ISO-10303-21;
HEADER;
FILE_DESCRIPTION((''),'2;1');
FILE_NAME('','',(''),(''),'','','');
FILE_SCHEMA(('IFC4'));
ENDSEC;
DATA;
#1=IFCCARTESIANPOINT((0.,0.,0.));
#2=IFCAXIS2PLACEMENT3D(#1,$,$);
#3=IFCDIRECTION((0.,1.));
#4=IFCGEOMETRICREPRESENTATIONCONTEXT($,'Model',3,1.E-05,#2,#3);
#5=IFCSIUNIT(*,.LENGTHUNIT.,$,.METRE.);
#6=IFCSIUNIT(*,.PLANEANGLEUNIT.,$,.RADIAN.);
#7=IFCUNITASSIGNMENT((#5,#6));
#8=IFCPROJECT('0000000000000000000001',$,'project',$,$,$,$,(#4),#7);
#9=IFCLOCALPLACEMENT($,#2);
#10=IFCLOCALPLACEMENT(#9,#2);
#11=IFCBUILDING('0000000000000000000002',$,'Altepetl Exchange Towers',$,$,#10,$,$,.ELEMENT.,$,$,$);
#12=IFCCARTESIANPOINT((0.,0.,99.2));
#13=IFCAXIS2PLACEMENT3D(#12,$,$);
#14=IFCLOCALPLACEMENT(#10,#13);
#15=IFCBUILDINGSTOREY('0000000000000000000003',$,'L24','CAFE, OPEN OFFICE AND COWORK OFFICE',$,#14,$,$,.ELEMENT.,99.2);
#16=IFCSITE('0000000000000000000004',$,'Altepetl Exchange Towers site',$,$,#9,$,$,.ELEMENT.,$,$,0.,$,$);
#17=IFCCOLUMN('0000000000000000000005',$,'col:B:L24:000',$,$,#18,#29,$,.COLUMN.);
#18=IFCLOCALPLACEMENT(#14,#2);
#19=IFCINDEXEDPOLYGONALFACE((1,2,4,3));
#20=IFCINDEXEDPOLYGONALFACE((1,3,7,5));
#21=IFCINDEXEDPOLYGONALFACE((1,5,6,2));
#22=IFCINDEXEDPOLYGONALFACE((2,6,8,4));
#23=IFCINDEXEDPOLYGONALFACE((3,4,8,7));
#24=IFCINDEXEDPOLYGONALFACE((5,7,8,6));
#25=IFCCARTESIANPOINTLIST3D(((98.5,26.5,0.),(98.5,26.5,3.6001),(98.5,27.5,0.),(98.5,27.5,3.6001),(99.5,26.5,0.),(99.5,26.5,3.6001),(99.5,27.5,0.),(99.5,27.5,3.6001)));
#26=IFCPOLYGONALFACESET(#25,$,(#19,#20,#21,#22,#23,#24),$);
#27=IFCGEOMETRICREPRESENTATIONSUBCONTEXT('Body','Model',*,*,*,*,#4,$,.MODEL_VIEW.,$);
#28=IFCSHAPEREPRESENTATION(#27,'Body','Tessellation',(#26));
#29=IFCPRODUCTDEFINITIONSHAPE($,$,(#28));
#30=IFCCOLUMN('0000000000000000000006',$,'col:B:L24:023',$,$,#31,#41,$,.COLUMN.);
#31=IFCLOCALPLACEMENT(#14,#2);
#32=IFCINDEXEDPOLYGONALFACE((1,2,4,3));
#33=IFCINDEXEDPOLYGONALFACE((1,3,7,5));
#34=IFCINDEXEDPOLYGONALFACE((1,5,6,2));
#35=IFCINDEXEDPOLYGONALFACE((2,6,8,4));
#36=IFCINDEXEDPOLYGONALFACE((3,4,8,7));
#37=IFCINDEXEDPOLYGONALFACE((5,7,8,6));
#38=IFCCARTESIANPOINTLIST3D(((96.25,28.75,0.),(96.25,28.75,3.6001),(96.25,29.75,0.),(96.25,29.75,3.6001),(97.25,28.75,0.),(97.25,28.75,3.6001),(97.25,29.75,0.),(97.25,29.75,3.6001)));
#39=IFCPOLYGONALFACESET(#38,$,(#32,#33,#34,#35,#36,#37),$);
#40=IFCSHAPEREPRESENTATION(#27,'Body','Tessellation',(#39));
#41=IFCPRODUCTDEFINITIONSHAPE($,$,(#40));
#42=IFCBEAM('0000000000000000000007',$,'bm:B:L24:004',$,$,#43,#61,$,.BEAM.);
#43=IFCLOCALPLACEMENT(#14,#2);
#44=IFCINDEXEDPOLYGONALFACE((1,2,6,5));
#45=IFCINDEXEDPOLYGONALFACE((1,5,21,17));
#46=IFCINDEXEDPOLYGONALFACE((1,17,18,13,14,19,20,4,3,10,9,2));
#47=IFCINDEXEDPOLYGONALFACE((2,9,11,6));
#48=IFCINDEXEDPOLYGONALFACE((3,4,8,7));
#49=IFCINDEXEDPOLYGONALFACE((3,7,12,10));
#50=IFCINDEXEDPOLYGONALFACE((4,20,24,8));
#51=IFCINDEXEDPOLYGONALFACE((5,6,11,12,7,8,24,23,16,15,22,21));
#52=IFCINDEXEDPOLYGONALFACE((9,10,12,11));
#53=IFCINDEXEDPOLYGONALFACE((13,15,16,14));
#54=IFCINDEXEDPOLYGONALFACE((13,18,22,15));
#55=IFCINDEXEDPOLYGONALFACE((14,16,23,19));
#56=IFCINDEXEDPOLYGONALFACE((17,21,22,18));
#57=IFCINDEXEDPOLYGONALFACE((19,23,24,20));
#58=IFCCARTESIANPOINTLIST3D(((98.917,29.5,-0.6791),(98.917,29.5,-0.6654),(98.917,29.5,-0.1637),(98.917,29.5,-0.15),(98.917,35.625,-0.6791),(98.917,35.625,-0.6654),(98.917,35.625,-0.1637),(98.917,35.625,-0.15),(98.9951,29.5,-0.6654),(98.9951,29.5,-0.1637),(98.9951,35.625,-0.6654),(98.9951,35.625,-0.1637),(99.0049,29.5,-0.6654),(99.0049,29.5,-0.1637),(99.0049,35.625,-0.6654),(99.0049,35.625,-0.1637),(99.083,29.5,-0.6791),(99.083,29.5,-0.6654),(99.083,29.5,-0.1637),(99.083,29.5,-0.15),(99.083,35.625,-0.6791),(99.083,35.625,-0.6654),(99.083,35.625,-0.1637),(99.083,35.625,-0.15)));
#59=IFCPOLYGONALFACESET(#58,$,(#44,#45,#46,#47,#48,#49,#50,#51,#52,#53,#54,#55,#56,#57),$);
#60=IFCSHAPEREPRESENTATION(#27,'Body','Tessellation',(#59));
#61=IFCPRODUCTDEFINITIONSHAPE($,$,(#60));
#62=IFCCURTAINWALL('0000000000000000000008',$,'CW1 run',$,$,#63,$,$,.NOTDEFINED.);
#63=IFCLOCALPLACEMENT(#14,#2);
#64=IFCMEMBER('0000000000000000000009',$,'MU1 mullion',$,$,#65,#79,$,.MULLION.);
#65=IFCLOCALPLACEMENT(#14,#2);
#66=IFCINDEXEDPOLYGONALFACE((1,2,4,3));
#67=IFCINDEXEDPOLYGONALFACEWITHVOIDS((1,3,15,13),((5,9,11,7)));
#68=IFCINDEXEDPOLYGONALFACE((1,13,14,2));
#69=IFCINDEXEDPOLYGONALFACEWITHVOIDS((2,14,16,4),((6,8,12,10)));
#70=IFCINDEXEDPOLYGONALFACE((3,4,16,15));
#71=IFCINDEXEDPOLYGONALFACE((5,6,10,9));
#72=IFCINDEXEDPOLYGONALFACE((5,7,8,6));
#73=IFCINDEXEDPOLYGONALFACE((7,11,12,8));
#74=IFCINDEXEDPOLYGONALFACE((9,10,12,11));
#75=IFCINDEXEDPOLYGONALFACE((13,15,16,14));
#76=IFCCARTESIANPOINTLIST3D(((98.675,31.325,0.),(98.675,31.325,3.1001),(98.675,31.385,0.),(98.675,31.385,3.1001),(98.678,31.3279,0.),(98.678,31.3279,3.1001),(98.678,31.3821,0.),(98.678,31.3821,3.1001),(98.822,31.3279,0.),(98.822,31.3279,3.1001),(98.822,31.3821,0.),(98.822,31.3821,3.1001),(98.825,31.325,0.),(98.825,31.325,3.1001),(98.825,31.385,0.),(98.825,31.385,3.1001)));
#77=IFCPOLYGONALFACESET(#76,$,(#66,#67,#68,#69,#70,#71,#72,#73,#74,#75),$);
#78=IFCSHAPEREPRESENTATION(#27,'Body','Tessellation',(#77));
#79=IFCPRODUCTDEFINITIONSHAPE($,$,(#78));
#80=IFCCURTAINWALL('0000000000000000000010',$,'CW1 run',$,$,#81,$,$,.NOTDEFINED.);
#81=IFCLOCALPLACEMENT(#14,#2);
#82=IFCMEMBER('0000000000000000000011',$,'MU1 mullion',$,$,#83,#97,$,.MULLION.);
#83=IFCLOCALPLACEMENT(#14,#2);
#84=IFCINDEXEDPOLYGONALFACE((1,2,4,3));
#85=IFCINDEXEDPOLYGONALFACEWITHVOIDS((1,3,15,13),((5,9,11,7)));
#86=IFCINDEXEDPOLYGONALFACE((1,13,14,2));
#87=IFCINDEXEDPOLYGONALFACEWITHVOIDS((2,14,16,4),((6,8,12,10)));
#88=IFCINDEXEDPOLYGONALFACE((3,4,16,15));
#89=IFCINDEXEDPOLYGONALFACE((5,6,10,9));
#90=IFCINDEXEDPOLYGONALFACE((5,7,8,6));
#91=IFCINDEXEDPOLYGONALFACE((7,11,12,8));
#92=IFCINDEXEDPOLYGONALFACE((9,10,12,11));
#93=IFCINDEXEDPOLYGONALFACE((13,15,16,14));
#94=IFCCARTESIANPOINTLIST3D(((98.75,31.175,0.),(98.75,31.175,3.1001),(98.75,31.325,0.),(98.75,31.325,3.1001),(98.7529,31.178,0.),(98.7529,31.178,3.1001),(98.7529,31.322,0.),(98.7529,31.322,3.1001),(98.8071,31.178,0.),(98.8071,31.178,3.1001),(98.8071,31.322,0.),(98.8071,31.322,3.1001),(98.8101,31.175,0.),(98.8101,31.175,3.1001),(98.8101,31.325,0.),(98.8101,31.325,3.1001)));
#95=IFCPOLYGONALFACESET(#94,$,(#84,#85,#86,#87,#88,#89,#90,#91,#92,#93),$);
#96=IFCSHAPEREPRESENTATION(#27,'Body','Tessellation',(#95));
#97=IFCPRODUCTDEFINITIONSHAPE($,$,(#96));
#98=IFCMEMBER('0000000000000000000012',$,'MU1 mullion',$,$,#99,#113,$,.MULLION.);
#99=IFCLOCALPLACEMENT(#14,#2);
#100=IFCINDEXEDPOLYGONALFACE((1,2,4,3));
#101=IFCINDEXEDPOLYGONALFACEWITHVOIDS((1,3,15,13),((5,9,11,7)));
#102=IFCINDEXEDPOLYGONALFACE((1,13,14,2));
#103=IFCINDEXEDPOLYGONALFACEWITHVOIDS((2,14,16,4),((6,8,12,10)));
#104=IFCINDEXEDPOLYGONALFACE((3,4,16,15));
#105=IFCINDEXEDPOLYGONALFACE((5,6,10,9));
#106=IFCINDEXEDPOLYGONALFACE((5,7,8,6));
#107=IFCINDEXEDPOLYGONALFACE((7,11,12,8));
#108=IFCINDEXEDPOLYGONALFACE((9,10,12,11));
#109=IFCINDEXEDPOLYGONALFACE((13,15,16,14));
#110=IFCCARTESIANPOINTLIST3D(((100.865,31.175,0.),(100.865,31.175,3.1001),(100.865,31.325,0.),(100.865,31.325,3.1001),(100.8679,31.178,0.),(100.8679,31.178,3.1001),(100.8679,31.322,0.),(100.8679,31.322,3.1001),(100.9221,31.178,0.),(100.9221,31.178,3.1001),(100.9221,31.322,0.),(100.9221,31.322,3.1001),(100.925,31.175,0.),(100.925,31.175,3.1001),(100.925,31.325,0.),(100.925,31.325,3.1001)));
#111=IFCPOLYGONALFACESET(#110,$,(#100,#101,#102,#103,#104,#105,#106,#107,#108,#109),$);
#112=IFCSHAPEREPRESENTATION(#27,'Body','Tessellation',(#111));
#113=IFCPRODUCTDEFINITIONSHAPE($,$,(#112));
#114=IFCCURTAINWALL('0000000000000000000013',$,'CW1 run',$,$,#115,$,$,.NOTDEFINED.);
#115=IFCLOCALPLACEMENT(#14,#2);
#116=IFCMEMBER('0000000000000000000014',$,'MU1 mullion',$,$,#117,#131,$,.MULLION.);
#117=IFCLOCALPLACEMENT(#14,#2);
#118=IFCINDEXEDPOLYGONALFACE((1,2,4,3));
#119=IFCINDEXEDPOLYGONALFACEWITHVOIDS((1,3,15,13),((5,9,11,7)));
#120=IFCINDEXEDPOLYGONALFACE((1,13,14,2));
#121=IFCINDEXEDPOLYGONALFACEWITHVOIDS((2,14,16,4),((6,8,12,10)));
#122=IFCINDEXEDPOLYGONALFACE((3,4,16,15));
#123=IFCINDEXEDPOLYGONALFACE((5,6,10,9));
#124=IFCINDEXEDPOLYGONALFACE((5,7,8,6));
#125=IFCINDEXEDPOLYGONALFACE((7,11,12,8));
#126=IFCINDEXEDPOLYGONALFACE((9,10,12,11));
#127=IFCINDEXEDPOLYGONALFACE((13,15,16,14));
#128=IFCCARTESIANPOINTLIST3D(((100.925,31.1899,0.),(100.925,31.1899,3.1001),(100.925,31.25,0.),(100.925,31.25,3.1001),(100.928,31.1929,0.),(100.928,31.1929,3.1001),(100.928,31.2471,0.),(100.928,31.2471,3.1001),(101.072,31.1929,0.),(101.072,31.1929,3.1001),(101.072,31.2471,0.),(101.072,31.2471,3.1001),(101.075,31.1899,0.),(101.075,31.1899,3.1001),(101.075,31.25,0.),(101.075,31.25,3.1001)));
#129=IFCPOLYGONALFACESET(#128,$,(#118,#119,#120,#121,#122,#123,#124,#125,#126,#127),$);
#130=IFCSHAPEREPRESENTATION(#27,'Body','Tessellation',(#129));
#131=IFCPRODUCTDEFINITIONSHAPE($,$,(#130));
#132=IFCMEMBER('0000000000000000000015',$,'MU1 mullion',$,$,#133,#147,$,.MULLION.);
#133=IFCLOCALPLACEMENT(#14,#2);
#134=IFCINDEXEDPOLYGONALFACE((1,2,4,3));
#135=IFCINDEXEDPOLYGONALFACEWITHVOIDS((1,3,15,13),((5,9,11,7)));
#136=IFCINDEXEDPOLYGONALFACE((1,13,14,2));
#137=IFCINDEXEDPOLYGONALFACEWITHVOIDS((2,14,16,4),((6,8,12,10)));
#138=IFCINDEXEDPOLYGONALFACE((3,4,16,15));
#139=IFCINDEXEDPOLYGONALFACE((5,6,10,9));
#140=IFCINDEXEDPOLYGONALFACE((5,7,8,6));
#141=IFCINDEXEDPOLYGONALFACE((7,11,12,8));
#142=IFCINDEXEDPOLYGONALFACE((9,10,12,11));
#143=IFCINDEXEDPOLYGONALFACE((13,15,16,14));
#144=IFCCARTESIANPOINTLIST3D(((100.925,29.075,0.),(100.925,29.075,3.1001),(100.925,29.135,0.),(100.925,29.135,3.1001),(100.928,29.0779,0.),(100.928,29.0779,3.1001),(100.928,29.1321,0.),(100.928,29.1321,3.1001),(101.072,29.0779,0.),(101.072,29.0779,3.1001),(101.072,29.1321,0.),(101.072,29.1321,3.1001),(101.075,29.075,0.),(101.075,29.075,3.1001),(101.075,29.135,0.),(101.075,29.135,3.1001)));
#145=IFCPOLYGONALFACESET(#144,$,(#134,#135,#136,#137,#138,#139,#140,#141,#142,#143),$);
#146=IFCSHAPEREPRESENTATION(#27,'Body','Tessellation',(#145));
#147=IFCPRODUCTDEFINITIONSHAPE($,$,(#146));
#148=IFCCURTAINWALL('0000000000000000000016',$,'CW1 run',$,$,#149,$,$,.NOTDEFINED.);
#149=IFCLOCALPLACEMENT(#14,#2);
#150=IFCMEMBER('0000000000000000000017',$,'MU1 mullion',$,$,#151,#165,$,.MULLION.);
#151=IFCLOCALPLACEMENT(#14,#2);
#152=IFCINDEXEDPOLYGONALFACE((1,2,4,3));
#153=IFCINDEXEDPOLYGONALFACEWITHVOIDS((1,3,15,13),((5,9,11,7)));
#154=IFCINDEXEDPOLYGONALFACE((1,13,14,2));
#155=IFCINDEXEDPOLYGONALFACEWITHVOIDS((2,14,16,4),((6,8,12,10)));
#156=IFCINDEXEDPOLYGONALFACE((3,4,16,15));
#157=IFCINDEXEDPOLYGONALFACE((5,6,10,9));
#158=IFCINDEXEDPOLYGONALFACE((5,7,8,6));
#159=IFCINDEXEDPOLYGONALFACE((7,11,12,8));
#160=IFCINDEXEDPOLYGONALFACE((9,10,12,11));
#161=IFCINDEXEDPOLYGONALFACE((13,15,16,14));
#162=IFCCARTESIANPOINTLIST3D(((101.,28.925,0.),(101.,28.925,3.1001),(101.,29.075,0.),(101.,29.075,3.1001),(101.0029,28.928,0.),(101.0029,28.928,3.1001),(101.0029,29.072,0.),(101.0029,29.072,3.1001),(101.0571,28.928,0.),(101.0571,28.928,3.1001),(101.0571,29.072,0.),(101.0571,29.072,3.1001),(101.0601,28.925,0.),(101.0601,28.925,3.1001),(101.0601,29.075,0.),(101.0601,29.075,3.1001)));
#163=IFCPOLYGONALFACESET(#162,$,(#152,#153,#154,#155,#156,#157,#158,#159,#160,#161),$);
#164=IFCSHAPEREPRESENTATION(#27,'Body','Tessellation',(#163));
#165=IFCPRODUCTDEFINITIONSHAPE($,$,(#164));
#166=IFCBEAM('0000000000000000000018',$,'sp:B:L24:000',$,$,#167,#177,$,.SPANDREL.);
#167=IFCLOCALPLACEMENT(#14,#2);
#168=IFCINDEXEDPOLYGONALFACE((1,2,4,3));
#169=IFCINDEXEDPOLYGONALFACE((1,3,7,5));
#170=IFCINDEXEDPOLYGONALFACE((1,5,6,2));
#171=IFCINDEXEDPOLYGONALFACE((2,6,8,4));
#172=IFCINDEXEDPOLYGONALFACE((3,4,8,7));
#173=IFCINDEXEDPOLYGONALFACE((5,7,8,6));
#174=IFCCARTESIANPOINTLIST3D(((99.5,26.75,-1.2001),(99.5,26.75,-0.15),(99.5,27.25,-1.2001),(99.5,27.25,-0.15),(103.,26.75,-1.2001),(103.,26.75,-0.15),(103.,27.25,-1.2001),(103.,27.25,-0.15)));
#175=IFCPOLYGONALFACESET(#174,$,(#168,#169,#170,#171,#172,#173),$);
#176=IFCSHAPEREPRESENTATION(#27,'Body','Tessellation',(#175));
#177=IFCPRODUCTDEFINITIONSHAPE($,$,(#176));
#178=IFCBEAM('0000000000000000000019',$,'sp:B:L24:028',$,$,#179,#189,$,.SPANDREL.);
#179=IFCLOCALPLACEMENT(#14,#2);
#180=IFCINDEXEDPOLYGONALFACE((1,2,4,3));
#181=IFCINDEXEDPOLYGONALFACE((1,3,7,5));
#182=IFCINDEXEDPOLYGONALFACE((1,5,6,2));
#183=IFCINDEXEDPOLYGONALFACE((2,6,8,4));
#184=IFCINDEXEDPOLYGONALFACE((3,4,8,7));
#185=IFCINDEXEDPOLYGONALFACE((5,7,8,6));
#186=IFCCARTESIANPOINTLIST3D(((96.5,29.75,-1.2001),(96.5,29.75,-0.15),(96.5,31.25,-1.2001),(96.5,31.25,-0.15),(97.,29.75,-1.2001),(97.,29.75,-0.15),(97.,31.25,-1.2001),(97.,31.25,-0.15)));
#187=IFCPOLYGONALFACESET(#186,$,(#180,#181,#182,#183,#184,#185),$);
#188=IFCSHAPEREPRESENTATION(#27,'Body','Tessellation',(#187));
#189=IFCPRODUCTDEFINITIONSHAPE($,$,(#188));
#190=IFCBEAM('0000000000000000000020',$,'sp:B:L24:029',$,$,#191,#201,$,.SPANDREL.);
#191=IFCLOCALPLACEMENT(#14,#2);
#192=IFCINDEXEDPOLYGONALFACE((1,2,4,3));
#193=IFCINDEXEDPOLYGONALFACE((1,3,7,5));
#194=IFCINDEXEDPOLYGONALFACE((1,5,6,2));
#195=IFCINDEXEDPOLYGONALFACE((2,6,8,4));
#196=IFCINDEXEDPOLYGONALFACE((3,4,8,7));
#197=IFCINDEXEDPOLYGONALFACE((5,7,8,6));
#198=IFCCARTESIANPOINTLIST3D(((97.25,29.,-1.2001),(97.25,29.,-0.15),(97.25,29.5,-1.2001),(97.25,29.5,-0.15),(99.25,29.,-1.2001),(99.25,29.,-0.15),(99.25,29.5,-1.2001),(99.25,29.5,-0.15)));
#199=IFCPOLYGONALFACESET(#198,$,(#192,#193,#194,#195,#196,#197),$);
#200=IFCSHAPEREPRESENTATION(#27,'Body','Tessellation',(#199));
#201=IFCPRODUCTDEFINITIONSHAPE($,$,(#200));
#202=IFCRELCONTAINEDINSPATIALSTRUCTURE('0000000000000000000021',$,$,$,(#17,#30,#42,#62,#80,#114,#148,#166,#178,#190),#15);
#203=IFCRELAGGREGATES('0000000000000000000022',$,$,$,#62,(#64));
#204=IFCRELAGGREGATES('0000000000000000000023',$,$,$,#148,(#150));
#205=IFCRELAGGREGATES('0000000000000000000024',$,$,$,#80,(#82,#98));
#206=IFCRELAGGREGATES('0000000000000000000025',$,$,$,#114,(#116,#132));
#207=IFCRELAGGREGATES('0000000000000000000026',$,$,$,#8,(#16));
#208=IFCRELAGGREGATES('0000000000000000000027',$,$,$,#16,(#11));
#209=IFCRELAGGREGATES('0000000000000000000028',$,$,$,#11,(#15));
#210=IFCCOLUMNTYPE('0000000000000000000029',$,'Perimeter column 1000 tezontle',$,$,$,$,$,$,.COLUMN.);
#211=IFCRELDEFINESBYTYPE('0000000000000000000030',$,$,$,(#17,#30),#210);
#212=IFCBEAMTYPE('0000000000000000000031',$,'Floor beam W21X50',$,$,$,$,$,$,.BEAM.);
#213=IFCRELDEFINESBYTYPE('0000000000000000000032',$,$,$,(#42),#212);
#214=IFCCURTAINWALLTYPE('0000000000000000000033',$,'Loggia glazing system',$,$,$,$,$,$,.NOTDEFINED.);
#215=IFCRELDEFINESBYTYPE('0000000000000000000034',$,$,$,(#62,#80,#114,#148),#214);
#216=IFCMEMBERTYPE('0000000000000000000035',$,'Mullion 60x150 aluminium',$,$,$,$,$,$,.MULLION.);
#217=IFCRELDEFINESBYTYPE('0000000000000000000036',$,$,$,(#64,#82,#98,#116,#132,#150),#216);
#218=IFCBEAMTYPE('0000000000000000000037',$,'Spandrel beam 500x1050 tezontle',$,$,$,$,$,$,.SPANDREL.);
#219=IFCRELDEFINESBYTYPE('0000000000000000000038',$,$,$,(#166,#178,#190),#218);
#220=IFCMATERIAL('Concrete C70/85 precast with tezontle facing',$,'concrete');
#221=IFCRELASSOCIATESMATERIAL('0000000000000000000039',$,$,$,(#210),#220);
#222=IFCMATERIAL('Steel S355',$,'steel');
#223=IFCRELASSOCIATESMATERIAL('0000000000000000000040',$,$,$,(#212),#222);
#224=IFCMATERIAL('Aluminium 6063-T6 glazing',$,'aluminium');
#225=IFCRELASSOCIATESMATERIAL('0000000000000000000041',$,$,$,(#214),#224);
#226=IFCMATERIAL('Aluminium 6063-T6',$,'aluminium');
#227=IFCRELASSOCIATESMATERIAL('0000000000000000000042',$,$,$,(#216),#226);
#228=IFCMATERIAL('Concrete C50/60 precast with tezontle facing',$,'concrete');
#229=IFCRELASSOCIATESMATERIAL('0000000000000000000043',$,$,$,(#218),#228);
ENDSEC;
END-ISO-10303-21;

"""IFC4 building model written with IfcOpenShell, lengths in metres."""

from ifc_helpers import new_model, si_unit, direction, frame, origin, origin_2d, place, context, subcontext, project, spatial, rectangle, hollow_rectangle, i_section, extrude, material, material_profile, profile_set, type_object, element, aggregate, save


model = new_model("IFC4")

# Units and contexts
model_context = context("Model", 3, precision=1e-05, world=origin(), true_north=direction((0.0, 1.0)))
body_context = subcontext(model_context, "Body", "Model", "MODEL_VIEW")
ifc_project = project(units=[si_unit("LENGTHUNIT", "METRE"), si_unit("PLANEANGLEUNIT", "RADIAN")], contexts=[model_context])

# Site, building, storey
site_placement = place(None, origin())
site = spatial("IfcSite", under=ifc_project, at=site_placement, Name="Altepetl Exchange Towers site", CompositionType="ELEMENT", RefElevation=0.0)
building_placement = place(site_placement, origin())
building = spatial("IfcBuilding", under=site, at=building_placement, Name="Altepetl Exchange Towers", CompositionType="ELEMENT")
storey_placement = place(building_placement, frame((0.0, 0.0, 99.2)))
storey = spatial("IfcBuildingStorey", under=building, at=storey_placement, Name="L24", Description="CAFE, OPEN OFFICE AND COWORK OFFICE", CompositionType="ELEMENT", Elevation=99.2)

# Columns
ifc_material_1 = material(Name="Concrete C70/85 precast with tezontle facing", Category="concrete")
ifc_material_profile_1 = material_profile(ifc_material_1, rectangle(XDim=1.0, YDim=1.0, at=origin_2d()), Name="1000 x 1000")
ifc_profile_set_1 = profile_set([ifc_material_profile_1], Name="Concrete C70/85 precast with tezontle facing")
column_type = type_object("IfcColumnType", Name="Perimeter column 1000 tezontle", PredefinedType="COLUMN", material=ifc_profile_set_1)
for number, where, name in (
    (1, (99.0, 27.0, 0.0), "col:B:L24:000"),
    (2, (96.75, 29.25, 0.0), "col:B:L24:023"),
):
    element("IfcColumn", number, at=place(storey_placement, frame(where)), inside=storey, type_object=column_type, Name=name, PredefinedType="COLUMN", context=body_context, shape_type="SweptSolid", body=[
        extrude(rectangle(XDim=1.0, YDim=1.0, at=origin_2d()), origin(), (0.0, 0.0, 1.0), 3.6001),
    ])

# Beam
ifc_material_2 = material(Name="Steel S355", Category="steel")
ifc_material_profile_2 = material_profile(ifc_material_2, i_section(OverallWidth=0.166, OverallDepth=0.5291, WebThickness=0.0098, FlangeThickness=0.0137, at=origin_2d()), Name="W21X50")
ifc_profile_set_2 = profile_set([ifc_material_profile_2], Name="Steel S355")
beam_type_1 = type_object("IfcBeamType", Name="Floor beam W21X50", PredefinedType="BEAM", material=ifc_profile_set_2)
beam_1_placement = place(storey_placement, frame((99.0, 29.5, -0.4146), z_axis=(0.0, 1.0, 0.0), x_axis=(-1.0, 0.0, 0.0)))
element("IfcBeam", 3, at=beam_1_placement, inside=storey, type_object=beam_type_1, Name="bm:B:L24:004", PredefinedType="BEAM", context=body_context, shape_type="SweptSolid", body=[
    extrude(i_section(OverallWidth=0.166, OverallDepth=0.5291, WebThickness=0.0098, FlangeThickness=0.0137, at=origin_2d()), origin(), (0.0, 0.0, 1.0), 6.125),
])

# Curtain wall, member
ifc_material_3 = material(Name="Aluminium 6063-T6 glazing", Category="aluminium")
curtain_wall_type = type_object("IfcCurtainWallType", Name="Loggia glazing system", PredefinedType="NOTDEFINED", material=ifc_material_3)
curtain_wall_1_placement = place(storey_placement, origin())
curtain_wall_1 = element("IfcCurtainWall", 4, at=curtain_wall_1_placement, inside=storey, type_object=curtain_wall_type, Name="CW1 run", PredefinedType="NOTDEFINED")
ifc_material_4 = material(Name="Aluminium 6063-T6", Category="aluminium")
ifc_material_profile_3 = material_profile(ifc_material_4, hollow_rectangle(XDim=0.0601, YDim=0.1499, WallThickness=0.0029, at=origin_2d()), Name="Mullion 60x150 aluminium")
ifc_profile_set_3 = profile_set([ifc_material_profile_3], Name="Aluminium 6063-T6")
member_type = type_object("IfcMemberType", Name="Mullion 60x150 aluminium", PredefinedType="MULLION", material=ifc_profile_set_3)
member_1_placement = place(storey_placement, frame((98.75, 31.355, 0.0), z_axis=(0.0, 0.0, 1.0), x_axis=(0.0, -1.0, 0.0)))
member_1 = element("IfcMember", 5, at=member_1_placement, type_object=member_type, Name="MU1 mullion", PredefinedType="MULLION", context=body_context, shape_type="SweptSolid", body=[
    extrude(hollow_rectangle(XDim=0.0601, YDim=0.1499, WallThickness=0.0029, at=origin_2d()), origin(), (0.0, 0.0, 1.0), 3.1001),
])
aggregate(curtain_wall_1, [member_1])

# Curtain walls, members
curtain_wall_2_placement = place(storey_placement, origin())
curtain_wall_2 = element("IfcCurtainWall", 6, at=curtain_wall_2_placement, inside=storey, type_object=curtain_wall_type, Name="CW1 run", PredefinedType="NOTDEFINED")
member_2_placement = place(storey_placement, frame((98.78, 31.25, 0.0)))
member_2 = element("IfcMember", 7, at=member_2_placement, type_object=member_type, Name="MU1 mullion", PredefinedType="MULLION", context=body_context, shape_type="SweptSolid", body=[
    extrude(hollow_rectangle(XDim=0.0601, YDim=0.1499, WallThickness=0.0029, at=origin_2d()), origin(), (0.0, 0.0, 1.0), 3.1001),
])
member_3_placement = place(storey_placement, frame((100.895, 31.25, 0.0)))
member_3 = element("IfcMember", 8, at=member_3_placement, type_object=member_type, Name="MU1 mullion", PredefinedType="MULLION", context=body_context, shape_type="SweptSolid", body=[
    extrude(hollow_rectangle(XDim=0.0601, YDim=0.1499, WallThickness=0.0029, at=origin_2d()), origin(), (0.0, 0.0, 1.0), 3.1001),
])
curtain_wall_3_placement = place(storey_placement, origin())
curtain_wall_3 = element("IfcCurtainWall", 9, at=curtain_wall_3_placement, inside=storey, type_object=curtain_wall_type, Name="CW1 run", PredefinedType="NOTDEFINED")
member_4_placement = place(storey_placement, frame((101.0, 31.22, 0.0), z_axis=(0.0, 0.0, 1.0), x_axis=(0.0, -1.0, 0.0)))
member_4 = element("IfcMember", 10, at=member_4_placement, type_object=member_type, Name="MU1 mullion", PredefinedType="MULLION", context=body_context, shape_type="SweptSolid", body=[
    extrude(hollow_rectangle(XDim=0.0601, YDim=0.1499, WallThickness=0.0029, at=origin_2d()), origin(), (0.0, 0.0, 1.0), 3.1001),
])
member_5_placement = place(storey_placement, frame((101.0, 29.105, 0.0), z_axis=(0.0, 0.0, 1.0), x_axis=(0.0, -1.0, 0.0)))
member_5 = element("IfcMember", 11, at=member_5_placement, type_object=member_type, Name="MU1 mullion", PredefinedType="MULLION", context=body_context, shape_type="SweptSolid", body=[
    extrude(hollow_rectangle(XDim=0.0601, YDim=0.1499, WallThickness=0.0029, at=origin_2d()), origin(), (0.0, 0.0, 1.0), 3.1001),
])

# Curtain wall, member
curtain_wall_4_placement = place(storey_placement, origin())
curtain_wall_4 = element("IfcCurtainWall", 12, at=curtain_wall_4_placement, inside=storey, type_object=curtain_wall_type, Name="CW1 run", PredefinedType="NOTDEFINED")
member_6_placement = place(storey_placement, frame((101.03, 29.0, 0.0)))
member_6 = element("IfcMember", 13, at=member_6_placement, type_object=member_type, Name="MU1 mullion", PredefinedType="MULLION", context=body_context, shape_type="SweptSolid", body=[
    extrude(hollow_rectangle(XDim=0.0601, YDim=0.1499, WallThickness=0.0029, at=origin_2d()), origin(), (0.0, 0.0, 1.0), 3.1001),
])
aggregate(curtain_wall_4, [member_6])

# Beams
ifc_material_5 = material(Name="Concrete C50/60 precast with tezontle facing", Category="concrete")
ifc_material_profile_4 = material_profile(ifc_material_5, rectangle(XDim=0.5, YDim=1.05, at=origin_2d()), Name="500 x 1050")
ifc_profile_set_4 = profile_set([ifc_material_profile_4], Name="Concrete C50/60 precast with tezontle facing")
beam_type_2 = type_object("IfcBeamType", Name="Spandrel beam 500x1050 tezontle", PredefinedType="SPANDREL", material=ifc_profile_set_4)
beam_2_placement = place(storey_placement, frame((99.5, 27.0, -0.675), z_axis=(1.0, 0.0, 0.0), x_axis=(0.0, 1.0, 0.0)))
element("IfcBeam", 14, at=beam_2_placement, inside=storey, type_object=beam_type_2, Name="sp:B:L24:000", PredefinedType="SPANDREL", context=body_context, shape_type="SweptSolid", body=[
    extrude(rectangle(XDim=0.5, YDim=1.05, at=origin_2d()), origin(), (0.0, 0.0, 1.0), 3.5),
])
beam_3_placement = place(storey_placement, frame((96.75, 31.25, -0.675), z_axis=(0.0, -1.0, 0.0), x_axis=(1.0, 0.0, 0.0)))
element("IfcBeam", 15, at=beam_3_placement, inside=storey, type_object=beam_type_2, Name="sp:B:L24:028", PredefinedType="SPANDREL", context=body_context, shape_type="SweptSolid", body=[
    extrude(rectangle(XDim=0.5, YDim=1.05, at=origin_2d()), origin(), (0.0, 0.0, 1.0), 1.5),
])
beam_4_placement = place(storey_placement, frame((97.25, 29.25, -0.675), z_axis=(1.0, 0.0, 0.0), x_axis=(0.0, 1.0, 0.0)))
element("IfcBeam", 16, at=beam_4_placement, inside=storey, type_object=beam_type_2, Name="sp:B:L24:029", PredefinedType="SPANDREL", context=body_context, shape_type="SweptSolid", body=[
    extrude(rectangle(XDim=0.5, YDim=1.05, at=origin_2d()), origin(), (0.0, 0.0, 1.0), 2.0),
])

aggregate(curtain_wall_2, [member_2, member_3])
aggregate(curtain_wall_3, [member_4, member_5])

save(model, "model.ifc")
